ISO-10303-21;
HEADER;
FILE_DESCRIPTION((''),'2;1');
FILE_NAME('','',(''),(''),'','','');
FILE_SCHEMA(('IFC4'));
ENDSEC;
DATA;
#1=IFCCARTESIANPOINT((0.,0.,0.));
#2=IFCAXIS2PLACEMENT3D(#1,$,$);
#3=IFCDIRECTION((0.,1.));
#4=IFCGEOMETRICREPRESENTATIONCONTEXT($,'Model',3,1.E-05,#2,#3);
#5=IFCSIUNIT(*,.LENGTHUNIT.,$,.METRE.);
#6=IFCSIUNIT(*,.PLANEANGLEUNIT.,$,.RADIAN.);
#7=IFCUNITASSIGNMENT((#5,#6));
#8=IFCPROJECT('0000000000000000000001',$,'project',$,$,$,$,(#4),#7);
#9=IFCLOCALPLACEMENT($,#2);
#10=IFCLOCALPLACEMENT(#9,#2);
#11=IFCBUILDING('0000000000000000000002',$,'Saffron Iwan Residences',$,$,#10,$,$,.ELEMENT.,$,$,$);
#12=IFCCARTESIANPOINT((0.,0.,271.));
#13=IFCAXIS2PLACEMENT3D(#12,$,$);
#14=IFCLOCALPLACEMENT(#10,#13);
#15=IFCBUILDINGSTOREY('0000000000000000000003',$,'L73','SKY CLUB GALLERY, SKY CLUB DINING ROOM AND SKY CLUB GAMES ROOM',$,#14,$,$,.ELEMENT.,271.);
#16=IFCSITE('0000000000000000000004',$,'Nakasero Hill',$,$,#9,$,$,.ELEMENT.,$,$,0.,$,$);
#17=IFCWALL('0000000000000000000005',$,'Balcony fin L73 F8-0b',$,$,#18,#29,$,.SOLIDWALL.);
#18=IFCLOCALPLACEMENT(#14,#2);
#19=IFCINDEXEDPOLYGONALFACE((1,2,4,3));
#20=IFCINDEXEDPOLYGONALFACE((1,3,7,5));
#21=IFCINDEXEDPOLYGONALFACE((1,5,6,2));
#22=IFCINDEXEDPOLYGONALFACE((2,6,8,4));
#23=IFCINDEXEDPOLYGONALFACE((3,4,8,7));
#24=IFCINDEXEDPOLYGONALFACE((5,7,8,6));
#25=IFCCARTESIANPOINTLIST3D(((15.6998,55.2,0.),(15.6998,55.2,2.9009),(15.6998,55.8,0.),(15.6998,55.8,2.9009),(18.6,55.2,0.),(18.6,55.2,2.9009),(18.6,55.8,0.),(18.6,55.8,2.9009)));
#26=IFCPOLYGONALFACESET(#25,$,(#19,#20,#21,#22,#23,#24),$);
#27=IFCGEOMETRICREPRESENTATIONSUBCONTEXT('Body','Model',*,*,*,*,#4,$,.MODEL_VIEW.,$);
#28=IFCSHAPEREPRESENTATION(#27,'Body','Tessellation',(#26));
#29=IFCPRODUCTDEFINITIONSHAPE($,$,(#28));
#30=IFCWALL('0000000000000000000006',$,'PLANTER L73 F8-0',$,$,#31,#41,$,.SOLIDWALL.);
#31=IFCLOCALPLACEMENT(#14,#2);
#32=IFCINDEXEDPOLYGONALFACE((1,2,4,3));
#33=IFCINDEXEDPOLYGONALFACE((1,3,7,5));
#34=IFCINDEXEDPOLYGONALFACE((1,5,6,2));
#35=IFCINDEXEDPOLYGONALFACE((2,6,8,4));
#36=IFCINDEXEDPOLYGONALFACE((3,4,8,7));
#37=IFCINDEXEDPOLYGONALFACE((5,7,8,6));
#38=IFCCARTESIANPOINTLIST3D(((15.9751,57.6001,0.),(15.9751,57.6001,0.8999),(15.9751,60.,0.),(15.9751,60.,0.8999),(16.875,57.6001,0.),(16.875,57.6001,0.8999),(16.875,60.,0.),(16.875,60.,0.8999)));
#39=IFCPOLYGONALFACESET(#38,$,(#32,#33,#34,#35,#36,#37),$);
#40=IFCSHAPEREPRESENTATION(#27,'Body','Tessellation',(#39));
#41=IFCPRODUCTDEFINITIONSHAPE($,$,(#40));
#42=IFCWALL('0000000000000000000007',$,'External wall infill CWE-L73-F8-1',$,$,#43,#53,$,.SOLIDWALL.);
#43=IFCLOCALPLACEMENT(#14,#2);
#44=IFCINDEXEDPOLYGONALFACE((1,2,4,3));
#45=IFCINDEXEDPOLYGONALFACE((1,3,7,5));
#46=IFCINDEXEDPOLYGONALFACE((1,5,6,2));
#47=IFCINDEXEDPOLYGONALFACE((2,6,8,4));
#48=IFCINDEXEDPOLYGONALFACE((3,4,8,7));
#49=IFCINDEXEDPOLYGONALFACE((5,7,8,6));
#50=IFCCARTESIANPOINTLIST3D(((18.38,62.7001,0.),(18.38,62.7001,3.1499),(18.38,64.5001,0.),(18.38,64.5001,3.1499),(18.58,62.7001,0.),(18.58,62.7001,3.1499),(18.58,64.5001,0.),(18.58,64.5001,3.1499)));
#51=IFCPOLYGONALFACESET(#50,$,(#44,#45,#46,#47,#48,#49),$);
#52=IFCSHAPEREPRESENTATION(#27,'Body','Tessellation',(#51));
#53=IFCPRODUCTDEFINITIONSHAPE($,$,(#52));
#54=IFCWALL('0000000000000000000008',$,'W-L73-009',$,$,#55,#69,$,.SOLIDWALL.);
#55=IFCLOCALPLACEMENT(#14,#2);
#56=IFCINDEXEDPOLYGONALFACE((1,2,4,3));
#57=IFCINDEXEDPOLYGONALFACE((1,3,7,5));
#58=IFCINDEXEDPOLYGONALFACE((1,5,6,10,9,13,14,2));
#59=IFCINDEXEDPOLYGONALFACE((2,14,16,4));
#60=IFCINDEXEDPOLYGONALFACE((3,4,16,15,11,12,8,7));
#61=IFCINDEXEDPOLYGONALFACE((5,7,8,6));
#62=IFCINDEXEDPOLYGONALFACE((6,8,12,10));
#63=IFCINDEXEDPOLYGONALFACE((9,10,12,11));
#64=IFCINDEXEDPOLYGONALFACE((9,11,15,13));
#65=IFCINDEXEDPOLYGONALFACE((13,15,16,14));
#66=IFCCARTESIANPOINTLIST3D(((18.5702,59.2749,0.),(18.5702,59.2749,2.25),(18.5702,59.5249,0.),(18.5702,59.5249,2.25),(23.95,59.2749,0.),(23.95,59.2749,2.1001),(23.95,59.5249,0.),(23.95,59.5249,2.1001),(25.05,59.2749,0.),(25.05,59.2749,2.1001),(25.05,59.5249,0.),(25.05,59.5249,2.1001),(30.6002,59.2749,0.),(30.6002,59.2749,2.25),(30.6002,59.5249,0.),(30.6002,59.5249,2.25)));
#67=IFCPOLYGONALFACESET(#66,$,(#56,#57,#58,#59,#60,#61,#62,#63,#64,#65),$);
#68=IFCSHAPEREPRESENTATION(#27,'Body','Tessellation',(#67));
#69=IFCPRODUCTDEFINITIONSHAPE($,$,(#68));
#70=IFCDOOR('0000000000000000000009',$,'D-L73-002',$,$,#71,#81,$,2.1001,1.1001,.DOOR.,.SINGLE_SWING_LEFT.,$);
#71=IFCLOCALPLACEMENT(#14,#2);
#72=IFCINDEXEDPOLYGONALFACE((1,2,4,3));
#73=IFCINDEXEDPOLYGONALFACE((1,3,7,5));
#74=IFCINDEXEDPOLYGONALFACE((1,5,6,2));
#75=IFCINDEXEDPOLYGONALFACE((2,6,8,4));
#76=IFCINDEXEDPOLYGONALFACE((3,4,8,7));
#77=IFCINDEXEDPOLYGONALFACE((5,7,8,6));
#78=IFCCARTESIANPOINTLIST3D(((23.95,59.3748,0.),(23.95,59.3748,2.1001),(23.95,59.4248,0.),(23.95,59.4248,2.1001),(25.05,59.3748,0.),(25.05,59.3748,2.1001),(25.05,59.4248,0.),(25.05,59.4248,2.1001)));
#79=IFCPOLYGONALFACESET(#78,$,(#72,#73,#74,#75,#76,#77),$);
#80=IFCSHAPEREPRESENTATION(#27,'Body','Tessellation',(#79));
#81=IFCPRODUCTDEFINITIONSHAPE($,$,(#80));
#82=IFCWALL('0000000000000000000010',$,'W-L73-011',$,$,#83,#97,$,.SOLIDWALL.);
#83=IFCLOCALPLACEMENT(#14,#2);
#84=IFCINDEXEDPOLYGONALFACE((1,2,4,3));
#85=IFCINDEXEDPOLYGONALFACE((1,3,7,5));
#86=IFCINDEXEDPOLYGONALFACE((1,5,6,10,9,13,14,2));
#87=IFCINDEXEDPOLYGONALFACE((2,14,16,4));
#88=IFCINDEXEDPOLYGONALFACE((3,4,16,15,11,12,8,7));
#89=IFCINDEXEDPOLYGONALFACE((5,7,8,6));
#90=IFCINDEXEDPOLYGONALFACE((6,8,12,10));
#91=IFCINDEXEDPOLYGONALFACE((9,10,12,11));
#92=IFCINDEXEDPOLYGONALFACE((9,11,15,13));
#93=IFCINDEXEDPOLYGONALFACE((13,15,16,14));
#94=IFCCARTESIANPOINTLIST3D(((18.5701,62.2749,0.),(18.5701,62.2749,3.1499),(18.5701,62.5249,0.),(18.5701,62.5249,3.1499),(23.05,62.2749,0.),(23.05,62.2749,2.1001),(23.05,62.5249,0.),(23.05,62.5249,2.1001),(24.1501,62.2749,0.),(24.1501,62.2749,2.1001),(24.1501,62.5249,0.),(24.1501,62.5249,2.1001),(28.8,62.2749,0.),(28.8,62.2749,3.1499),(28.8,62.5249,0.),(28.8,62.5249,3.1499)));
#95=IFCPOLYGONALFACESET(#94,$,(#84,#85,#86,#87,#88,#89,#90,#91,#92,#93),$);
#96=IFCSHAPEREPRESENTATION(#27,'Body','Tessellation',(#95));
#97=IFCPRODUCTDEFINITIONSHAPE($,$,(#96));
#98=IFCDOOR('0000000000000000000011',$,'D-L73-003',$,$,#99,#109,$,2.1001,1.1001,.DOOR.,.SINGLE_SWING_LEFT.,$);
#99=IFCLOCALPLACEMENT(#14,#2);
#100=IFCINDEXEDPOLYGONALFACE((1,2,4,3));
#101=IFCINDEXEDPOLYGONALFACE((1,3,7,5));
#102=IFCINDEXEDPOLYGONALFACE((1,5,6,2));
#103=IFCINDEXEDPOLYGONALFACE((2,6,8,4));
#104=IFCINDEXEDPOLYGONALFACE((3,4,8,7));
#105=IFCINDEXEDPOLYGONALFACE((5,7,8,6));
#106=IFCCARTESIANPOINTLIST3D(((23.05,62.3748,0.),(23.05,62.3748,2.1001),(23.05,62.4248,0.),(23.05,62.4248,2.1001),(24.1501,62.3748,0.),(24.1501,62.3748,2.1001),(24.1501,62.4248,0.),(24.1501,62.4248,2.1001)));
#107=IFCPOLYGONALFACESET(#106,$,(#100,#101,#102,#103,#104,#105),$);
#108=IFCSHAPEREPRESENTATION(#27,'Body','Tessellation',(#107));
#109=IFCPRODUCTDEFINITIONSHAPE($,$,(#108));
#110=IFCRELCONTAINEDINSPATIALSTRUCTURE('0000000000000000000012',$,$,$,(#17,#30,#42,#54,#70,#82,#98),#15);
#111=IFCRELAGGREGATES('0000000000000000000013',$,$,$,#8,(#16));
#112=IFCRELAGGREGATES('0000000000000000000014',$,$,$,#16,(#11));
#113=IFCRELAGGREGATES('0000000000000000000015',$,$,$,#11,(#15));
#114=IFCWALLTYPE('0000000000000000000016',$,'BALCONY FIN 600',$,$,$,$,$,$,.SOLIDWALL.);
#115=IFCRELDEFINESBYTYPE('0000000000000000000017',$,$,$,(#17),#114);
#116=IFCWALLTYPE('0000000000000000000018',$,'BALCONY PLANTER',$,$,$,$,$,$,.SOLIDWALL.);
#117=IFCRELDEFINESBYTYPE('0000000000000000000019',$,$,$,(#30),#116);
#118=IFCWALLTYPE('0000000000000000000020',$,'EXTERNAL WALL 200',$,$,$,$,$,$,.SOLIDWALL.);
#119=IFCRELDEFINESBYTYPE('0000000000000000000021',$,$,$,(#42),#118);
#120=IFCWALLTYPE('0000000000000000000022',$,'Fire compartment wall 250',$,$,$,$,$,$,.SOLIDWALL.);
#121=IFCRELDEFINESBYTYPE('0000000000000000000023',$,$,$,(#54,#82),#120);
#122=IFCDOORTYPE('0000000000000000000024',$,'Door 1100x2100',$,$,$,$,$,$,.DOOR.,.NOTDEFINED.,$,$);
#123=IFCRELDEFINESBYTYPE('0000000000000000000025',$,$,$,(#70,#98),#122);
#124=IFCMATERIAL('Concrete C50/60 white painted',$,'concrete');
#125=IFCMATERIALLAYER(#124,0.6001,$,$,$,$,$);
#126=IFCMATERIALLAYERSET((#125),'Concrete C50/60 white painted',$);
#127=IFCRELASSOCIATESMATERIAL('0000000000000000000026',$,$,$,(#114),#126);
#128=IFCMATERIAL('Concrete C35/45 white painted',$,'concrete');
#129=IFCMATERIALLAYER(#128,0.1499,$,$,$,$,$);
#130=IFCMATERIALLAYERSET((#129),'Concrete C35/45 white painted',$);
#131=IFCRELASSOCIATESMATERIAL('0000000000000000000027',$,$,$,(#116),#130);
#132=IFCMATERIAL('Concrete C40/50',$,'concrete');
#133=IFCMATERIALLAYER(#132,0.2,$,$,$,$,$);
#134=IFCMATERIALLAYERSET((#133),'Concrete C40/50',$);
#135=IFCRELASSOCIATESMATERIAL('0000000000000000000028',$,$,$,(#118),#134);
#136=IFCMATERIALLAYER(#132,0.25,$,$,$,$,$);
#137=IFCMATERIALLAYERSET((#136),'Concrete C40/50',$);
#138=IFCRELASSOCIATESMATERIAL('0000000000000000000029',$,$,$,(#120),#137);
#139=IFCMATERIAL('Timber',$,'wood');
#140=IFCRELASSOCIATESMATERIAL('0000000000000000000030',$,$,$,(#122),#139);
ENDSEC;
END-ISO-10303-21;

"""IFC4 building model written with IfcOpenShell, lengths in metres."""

from ifc_helpers import new_model, si_unit, direction, frame, frame_2d, origin, place, context, subcontext, project, spatial, rectangle, extrude, material, layer, layer_set, type_object, element, fill, save


model = new_model("IFC4")

# Units and contexts
model_context = context("Model", 3, precision=1e-05, world=origin(), true_north=direction((0.0, 1.0)))
body_context = subcontext(model_context, "Body", "Model", "MODEL_VIEW")
ifc_project = project(units=[si_unit("LENGTHUNIT", "METRE"), si_unit("PLANEANGLEUNIT", "RADIAN")], contexts=[model_context])

# Site, building, storey
site_placement = place(None, origin())
site = spatial("IfcSite", under=ifc_project, at=site_placement, Name="Nakasero Hill", CompositionType="ELEMENT", RefElevation=0.0)
building_placement = place(site_placement, origin())
building = spatial("IfcBuilding", under=site, at=building_placement, Name="Saffron Iwan Residences", CompositionType="ELEMENT")
storey_placement = place(building_placement, frame((0.0, 0.0, 271.0)))
storey = spatial("IfcBuildingStorey", under=building, at=storey_placement, Name="L73", Description="SKY CLUB GALLERY, SKY CLUB DINING ROOM AND SKY CLUB GAMES ROOM", CompositionType="ELEMENT", Elevation=271.0)

# Shared definitions
ifc_material_1 = material(Name="Concrete C40/50", Category="concrete")

# Shared definitions
ifc_material_2 = material(Name="Concrete C50/60 white painted", Category="concrete")

# Walls
ifc_layer_1 = layer(ifc_material_2, 0.6001)
ifc_layer_set_1 = layer_set([ifc_layer_1], Name="Concrete C50/60 white painted")
wall_type_1 = type_object("IfcWallType", Name="BALCONY FIN 600", PredefinedType="SOLIDWALL", material=ifc_layer_set_1)
for number, where, z_axis, x_axis, name in (
    (1, (18.6001, 55.5, 0.0), (0.0, 0.0, 1.0), (-1.0, 0.0, 0.0), "Balcony fin L73 F8-0b"),
):
    element("IfcWall", number, at=place(storey_placement, frame(where, z_axis=z_axis, x_axis=x_axis)), inside=storey, type_object=wall_type_1, Name=name, PredefinedType="SOLIDWALL", context=body_context, shape_type="SweptSolid", body=[
        extrude(rectangle(XDim=2.9001, YDim=0.6001, at=frame_2d((1.4502, 0.0))), origin(), (0.0, 0.0, 1.0), 2.9009),
    ])
ifc_material_3 = material(Name="Concrete C35/45 white painted", Category="concrete")
ifc_layer_2 = layer(ifc_material_3, 0.1499)
ifc_layer_set_2 = layer_set([ifc_layer_2], Name="Concrete C35/45 white painted")
wall_type_2 = type_object("IfcWallType", Name="BALCONY PLANTER", PredefinedType="SOLIDWALL", material=ifc_layer_set_2)
wall_1_placement = place(storey_placement, frame((16.425, 60.0, 0.0), z_axis=(0.0, 0.0, 1.0), x_axis=(0.0, -1.0, 0.0)))
element("IfcWall", 2, at=wall_1_placement, inside=storey, type_object=wall_type_2, Name="PLANTER L73 F8-0", PredefinedType="SOLIDWALL", context=body_context, shape_type="SweptSolid", body=[
    extrude(rectangle(XDim=2.3999, YDim=0.8999, at=frame_2d((1.2, 0.0))), origin(), (0.0, 0.0, 1.0), 0.8999),
])

# Shared definitions
ifc_layer_3 = layer(ifc_material_1, 0.2)
ifc_layer_set_3 = layer_set([ifc_layer_3], Name="Concrete C40/50")
wall_type_3 = type_object("IfcWallType", Name="EXTERNAL WALL 200", PredefinedType="SOLIDWALL", material=ifc_layer_set_3)

# Wall
wall_2_placement = place(storey_placement, frame((18.48, 64.5, 0.0), z_axis=(0.0, 0.0, 1.0), x_axis=(0.0, -1.0, 0.0)))
element("IfcWall", 3, at=wall_2_placement, inside=storey, type_object=wall_type_3, Name="External wall infill CWE-L73-F8-1", PredefinedType="SOLIDWALL", context=body_context, shape_type="SweptSolid", body=[
    extrude(rectangle(XDim=1.8, YDim=0.2, at=frame_2d((0.8999, 0.0))), origin(), (0.0, 0.0, 1.0), 3.1499),
])

# Walls, openings, doors
ifc_layer_4 = layer(ifc_material_1, 0.25)
ifc_layer_set_4 = layer_set([ifc_layer_4], Name="Concrete C40/50")
wall_type_4 = type_object("IfcWallType", Name="Fire compartment wall 250", PredefinedType="SOLIDWALL", material=ifc_layer_set_4)
wall_3_placement = place(storey_placement, frame((18.5701, 59.3999, 0.0), z_axis=(0.0, 0.0, 1.0), x_axis=(1.0, 0.0, 0.0)))
wall_3 = element("IfcWall", 4, at=wall_3_placement, inside=storey, type_object=wall_type_4, Name="W-L73-009", PredefinedType="SOLIDWALL", context=body_context, shape_type="SweptSolid", body=[
    extrude(rectangle(XDim=12.03, YDim=0.25, at=frame_2d((6.0151, 0.0))), origin(), (0.0, 0.0, 1.0), 2.25),
])
opening_1_placement = place(wall_3_placement, frame((5.3799, 0.0, 0.0)))
opening_1 = element("IfcOpeningElement", 5, at=opening_1_placement, cuts=wall_3, PredefinedType="OPENING", context=body_context, shape_type="SweptSolid", body=[
    extrude(rectangle(XDim=1.1001, YDim=2.1001, at=frame_2d((0.55, 1.05))), frame((0.0, 0.135, 0.0), z_axis=(0.0, -1.0, 0.0), x_axis=(1.0, 0.0, 0.0)), (0.0, 0.0, 1.0), 0.27),
])
ifc_material_4 = material(Name="Timber", Category="wood")
door_type_1 = type_object("IfcDoorType", Name="Door 1100x2100", OperationType="NOTDEFINED", PredefinedType="DOOR", material=ifc_material_4)
door_1_placement = place(opening_1_placement, origin())
door_1 = element("IfcDoor", 6, at=door_1_placement, inside=storey, type_object=door_type_1, Name="D-L73-002", OperationType="SINGLE_SWING_LEFT", OverallHeight=2.1001, OverallWidth=1.1001, PredefinedType="DOOR", context=body_context, shape_type="SweptSolid", body=[
    extrude(rectangle(XDim=1.1001, YDim=2.1001, at=frame_2d((0.55, 1.05))), frame((0.0, 0.0249, 0.0), z_axis=(0.0, -1.0, 0.0), x_axis=(1.0, 0.0, 0.0)), (0.0, 0.0, 1.0), 0.05),
])
fill(opening_1, door_1)
wall_4_placement = place(storey_placement, frame((18.5701, 62.3999, 0.0), z_axis=(0.0, 0.0, 1.0), x_axis=(1.0, 0.0, 0.0)))
wall_4 = element("IfcWall", 7, at=wall_4_placement, inside=storey, type_object=wall_type_4, Name="W-L73-011", PredefinedType="SOLIDWALL", context=body_context, shape_type="SweptSolid", body=[
    extrude(rectangle(XDim=10.23, YDim=0.25, at=frame_2d((5.115, 0.0))), origin(), (0.0, 0.0, 1.0), 3.1499),
])
opening_2_placement = place(wall_4_placement, frame((4.48, 0.0, 0.0)))
opening_2 = element("IfcOpeningElement", 8, at=opening_2_placement, cuts=wall_4, PredefinedType="OPENING", context=body_context, shape_type="SweptSolid", body=[
    extrude(rectangle(XDim=1.1001, YDim=2.1001, at=frame_2d((0.55, 1.05))), frame((0.0, 0.135, 0.0), z_axis=(0.0, -1.0, 0.0), x_axis=(1.0, 0.0, 0.0)), (0.0, 0.0, 1.0), 0.27),
])
door_2_placement = place(opening_2_placement, origin())
door_2 = element("IfcDoor", 9, at=door_2_placement, inside=storey, type_object=door_type_1, Name="D-L73-003", OperationType="SINGLE_SWING_LEFT", OverallHeight=2.1001, OverallWidth=1.1001, PredefinedType="DOOR", context=body_context, shape_type="SweptSolid", body=[
    extrude(rectangle(XDim=1.1001, YDim=2.1001, at=frame_2d((0.55, 1.05))), frame((0.0, 0.0249, 0.0), z_axis=(0.0, -1.0, 0.0), x_axis=(1.0, 0.0, 0.0)), (0.0, 0.0, 1.0), 0.05),
])
fill(opening_2, door_2)

save(model, "model.ifc")
